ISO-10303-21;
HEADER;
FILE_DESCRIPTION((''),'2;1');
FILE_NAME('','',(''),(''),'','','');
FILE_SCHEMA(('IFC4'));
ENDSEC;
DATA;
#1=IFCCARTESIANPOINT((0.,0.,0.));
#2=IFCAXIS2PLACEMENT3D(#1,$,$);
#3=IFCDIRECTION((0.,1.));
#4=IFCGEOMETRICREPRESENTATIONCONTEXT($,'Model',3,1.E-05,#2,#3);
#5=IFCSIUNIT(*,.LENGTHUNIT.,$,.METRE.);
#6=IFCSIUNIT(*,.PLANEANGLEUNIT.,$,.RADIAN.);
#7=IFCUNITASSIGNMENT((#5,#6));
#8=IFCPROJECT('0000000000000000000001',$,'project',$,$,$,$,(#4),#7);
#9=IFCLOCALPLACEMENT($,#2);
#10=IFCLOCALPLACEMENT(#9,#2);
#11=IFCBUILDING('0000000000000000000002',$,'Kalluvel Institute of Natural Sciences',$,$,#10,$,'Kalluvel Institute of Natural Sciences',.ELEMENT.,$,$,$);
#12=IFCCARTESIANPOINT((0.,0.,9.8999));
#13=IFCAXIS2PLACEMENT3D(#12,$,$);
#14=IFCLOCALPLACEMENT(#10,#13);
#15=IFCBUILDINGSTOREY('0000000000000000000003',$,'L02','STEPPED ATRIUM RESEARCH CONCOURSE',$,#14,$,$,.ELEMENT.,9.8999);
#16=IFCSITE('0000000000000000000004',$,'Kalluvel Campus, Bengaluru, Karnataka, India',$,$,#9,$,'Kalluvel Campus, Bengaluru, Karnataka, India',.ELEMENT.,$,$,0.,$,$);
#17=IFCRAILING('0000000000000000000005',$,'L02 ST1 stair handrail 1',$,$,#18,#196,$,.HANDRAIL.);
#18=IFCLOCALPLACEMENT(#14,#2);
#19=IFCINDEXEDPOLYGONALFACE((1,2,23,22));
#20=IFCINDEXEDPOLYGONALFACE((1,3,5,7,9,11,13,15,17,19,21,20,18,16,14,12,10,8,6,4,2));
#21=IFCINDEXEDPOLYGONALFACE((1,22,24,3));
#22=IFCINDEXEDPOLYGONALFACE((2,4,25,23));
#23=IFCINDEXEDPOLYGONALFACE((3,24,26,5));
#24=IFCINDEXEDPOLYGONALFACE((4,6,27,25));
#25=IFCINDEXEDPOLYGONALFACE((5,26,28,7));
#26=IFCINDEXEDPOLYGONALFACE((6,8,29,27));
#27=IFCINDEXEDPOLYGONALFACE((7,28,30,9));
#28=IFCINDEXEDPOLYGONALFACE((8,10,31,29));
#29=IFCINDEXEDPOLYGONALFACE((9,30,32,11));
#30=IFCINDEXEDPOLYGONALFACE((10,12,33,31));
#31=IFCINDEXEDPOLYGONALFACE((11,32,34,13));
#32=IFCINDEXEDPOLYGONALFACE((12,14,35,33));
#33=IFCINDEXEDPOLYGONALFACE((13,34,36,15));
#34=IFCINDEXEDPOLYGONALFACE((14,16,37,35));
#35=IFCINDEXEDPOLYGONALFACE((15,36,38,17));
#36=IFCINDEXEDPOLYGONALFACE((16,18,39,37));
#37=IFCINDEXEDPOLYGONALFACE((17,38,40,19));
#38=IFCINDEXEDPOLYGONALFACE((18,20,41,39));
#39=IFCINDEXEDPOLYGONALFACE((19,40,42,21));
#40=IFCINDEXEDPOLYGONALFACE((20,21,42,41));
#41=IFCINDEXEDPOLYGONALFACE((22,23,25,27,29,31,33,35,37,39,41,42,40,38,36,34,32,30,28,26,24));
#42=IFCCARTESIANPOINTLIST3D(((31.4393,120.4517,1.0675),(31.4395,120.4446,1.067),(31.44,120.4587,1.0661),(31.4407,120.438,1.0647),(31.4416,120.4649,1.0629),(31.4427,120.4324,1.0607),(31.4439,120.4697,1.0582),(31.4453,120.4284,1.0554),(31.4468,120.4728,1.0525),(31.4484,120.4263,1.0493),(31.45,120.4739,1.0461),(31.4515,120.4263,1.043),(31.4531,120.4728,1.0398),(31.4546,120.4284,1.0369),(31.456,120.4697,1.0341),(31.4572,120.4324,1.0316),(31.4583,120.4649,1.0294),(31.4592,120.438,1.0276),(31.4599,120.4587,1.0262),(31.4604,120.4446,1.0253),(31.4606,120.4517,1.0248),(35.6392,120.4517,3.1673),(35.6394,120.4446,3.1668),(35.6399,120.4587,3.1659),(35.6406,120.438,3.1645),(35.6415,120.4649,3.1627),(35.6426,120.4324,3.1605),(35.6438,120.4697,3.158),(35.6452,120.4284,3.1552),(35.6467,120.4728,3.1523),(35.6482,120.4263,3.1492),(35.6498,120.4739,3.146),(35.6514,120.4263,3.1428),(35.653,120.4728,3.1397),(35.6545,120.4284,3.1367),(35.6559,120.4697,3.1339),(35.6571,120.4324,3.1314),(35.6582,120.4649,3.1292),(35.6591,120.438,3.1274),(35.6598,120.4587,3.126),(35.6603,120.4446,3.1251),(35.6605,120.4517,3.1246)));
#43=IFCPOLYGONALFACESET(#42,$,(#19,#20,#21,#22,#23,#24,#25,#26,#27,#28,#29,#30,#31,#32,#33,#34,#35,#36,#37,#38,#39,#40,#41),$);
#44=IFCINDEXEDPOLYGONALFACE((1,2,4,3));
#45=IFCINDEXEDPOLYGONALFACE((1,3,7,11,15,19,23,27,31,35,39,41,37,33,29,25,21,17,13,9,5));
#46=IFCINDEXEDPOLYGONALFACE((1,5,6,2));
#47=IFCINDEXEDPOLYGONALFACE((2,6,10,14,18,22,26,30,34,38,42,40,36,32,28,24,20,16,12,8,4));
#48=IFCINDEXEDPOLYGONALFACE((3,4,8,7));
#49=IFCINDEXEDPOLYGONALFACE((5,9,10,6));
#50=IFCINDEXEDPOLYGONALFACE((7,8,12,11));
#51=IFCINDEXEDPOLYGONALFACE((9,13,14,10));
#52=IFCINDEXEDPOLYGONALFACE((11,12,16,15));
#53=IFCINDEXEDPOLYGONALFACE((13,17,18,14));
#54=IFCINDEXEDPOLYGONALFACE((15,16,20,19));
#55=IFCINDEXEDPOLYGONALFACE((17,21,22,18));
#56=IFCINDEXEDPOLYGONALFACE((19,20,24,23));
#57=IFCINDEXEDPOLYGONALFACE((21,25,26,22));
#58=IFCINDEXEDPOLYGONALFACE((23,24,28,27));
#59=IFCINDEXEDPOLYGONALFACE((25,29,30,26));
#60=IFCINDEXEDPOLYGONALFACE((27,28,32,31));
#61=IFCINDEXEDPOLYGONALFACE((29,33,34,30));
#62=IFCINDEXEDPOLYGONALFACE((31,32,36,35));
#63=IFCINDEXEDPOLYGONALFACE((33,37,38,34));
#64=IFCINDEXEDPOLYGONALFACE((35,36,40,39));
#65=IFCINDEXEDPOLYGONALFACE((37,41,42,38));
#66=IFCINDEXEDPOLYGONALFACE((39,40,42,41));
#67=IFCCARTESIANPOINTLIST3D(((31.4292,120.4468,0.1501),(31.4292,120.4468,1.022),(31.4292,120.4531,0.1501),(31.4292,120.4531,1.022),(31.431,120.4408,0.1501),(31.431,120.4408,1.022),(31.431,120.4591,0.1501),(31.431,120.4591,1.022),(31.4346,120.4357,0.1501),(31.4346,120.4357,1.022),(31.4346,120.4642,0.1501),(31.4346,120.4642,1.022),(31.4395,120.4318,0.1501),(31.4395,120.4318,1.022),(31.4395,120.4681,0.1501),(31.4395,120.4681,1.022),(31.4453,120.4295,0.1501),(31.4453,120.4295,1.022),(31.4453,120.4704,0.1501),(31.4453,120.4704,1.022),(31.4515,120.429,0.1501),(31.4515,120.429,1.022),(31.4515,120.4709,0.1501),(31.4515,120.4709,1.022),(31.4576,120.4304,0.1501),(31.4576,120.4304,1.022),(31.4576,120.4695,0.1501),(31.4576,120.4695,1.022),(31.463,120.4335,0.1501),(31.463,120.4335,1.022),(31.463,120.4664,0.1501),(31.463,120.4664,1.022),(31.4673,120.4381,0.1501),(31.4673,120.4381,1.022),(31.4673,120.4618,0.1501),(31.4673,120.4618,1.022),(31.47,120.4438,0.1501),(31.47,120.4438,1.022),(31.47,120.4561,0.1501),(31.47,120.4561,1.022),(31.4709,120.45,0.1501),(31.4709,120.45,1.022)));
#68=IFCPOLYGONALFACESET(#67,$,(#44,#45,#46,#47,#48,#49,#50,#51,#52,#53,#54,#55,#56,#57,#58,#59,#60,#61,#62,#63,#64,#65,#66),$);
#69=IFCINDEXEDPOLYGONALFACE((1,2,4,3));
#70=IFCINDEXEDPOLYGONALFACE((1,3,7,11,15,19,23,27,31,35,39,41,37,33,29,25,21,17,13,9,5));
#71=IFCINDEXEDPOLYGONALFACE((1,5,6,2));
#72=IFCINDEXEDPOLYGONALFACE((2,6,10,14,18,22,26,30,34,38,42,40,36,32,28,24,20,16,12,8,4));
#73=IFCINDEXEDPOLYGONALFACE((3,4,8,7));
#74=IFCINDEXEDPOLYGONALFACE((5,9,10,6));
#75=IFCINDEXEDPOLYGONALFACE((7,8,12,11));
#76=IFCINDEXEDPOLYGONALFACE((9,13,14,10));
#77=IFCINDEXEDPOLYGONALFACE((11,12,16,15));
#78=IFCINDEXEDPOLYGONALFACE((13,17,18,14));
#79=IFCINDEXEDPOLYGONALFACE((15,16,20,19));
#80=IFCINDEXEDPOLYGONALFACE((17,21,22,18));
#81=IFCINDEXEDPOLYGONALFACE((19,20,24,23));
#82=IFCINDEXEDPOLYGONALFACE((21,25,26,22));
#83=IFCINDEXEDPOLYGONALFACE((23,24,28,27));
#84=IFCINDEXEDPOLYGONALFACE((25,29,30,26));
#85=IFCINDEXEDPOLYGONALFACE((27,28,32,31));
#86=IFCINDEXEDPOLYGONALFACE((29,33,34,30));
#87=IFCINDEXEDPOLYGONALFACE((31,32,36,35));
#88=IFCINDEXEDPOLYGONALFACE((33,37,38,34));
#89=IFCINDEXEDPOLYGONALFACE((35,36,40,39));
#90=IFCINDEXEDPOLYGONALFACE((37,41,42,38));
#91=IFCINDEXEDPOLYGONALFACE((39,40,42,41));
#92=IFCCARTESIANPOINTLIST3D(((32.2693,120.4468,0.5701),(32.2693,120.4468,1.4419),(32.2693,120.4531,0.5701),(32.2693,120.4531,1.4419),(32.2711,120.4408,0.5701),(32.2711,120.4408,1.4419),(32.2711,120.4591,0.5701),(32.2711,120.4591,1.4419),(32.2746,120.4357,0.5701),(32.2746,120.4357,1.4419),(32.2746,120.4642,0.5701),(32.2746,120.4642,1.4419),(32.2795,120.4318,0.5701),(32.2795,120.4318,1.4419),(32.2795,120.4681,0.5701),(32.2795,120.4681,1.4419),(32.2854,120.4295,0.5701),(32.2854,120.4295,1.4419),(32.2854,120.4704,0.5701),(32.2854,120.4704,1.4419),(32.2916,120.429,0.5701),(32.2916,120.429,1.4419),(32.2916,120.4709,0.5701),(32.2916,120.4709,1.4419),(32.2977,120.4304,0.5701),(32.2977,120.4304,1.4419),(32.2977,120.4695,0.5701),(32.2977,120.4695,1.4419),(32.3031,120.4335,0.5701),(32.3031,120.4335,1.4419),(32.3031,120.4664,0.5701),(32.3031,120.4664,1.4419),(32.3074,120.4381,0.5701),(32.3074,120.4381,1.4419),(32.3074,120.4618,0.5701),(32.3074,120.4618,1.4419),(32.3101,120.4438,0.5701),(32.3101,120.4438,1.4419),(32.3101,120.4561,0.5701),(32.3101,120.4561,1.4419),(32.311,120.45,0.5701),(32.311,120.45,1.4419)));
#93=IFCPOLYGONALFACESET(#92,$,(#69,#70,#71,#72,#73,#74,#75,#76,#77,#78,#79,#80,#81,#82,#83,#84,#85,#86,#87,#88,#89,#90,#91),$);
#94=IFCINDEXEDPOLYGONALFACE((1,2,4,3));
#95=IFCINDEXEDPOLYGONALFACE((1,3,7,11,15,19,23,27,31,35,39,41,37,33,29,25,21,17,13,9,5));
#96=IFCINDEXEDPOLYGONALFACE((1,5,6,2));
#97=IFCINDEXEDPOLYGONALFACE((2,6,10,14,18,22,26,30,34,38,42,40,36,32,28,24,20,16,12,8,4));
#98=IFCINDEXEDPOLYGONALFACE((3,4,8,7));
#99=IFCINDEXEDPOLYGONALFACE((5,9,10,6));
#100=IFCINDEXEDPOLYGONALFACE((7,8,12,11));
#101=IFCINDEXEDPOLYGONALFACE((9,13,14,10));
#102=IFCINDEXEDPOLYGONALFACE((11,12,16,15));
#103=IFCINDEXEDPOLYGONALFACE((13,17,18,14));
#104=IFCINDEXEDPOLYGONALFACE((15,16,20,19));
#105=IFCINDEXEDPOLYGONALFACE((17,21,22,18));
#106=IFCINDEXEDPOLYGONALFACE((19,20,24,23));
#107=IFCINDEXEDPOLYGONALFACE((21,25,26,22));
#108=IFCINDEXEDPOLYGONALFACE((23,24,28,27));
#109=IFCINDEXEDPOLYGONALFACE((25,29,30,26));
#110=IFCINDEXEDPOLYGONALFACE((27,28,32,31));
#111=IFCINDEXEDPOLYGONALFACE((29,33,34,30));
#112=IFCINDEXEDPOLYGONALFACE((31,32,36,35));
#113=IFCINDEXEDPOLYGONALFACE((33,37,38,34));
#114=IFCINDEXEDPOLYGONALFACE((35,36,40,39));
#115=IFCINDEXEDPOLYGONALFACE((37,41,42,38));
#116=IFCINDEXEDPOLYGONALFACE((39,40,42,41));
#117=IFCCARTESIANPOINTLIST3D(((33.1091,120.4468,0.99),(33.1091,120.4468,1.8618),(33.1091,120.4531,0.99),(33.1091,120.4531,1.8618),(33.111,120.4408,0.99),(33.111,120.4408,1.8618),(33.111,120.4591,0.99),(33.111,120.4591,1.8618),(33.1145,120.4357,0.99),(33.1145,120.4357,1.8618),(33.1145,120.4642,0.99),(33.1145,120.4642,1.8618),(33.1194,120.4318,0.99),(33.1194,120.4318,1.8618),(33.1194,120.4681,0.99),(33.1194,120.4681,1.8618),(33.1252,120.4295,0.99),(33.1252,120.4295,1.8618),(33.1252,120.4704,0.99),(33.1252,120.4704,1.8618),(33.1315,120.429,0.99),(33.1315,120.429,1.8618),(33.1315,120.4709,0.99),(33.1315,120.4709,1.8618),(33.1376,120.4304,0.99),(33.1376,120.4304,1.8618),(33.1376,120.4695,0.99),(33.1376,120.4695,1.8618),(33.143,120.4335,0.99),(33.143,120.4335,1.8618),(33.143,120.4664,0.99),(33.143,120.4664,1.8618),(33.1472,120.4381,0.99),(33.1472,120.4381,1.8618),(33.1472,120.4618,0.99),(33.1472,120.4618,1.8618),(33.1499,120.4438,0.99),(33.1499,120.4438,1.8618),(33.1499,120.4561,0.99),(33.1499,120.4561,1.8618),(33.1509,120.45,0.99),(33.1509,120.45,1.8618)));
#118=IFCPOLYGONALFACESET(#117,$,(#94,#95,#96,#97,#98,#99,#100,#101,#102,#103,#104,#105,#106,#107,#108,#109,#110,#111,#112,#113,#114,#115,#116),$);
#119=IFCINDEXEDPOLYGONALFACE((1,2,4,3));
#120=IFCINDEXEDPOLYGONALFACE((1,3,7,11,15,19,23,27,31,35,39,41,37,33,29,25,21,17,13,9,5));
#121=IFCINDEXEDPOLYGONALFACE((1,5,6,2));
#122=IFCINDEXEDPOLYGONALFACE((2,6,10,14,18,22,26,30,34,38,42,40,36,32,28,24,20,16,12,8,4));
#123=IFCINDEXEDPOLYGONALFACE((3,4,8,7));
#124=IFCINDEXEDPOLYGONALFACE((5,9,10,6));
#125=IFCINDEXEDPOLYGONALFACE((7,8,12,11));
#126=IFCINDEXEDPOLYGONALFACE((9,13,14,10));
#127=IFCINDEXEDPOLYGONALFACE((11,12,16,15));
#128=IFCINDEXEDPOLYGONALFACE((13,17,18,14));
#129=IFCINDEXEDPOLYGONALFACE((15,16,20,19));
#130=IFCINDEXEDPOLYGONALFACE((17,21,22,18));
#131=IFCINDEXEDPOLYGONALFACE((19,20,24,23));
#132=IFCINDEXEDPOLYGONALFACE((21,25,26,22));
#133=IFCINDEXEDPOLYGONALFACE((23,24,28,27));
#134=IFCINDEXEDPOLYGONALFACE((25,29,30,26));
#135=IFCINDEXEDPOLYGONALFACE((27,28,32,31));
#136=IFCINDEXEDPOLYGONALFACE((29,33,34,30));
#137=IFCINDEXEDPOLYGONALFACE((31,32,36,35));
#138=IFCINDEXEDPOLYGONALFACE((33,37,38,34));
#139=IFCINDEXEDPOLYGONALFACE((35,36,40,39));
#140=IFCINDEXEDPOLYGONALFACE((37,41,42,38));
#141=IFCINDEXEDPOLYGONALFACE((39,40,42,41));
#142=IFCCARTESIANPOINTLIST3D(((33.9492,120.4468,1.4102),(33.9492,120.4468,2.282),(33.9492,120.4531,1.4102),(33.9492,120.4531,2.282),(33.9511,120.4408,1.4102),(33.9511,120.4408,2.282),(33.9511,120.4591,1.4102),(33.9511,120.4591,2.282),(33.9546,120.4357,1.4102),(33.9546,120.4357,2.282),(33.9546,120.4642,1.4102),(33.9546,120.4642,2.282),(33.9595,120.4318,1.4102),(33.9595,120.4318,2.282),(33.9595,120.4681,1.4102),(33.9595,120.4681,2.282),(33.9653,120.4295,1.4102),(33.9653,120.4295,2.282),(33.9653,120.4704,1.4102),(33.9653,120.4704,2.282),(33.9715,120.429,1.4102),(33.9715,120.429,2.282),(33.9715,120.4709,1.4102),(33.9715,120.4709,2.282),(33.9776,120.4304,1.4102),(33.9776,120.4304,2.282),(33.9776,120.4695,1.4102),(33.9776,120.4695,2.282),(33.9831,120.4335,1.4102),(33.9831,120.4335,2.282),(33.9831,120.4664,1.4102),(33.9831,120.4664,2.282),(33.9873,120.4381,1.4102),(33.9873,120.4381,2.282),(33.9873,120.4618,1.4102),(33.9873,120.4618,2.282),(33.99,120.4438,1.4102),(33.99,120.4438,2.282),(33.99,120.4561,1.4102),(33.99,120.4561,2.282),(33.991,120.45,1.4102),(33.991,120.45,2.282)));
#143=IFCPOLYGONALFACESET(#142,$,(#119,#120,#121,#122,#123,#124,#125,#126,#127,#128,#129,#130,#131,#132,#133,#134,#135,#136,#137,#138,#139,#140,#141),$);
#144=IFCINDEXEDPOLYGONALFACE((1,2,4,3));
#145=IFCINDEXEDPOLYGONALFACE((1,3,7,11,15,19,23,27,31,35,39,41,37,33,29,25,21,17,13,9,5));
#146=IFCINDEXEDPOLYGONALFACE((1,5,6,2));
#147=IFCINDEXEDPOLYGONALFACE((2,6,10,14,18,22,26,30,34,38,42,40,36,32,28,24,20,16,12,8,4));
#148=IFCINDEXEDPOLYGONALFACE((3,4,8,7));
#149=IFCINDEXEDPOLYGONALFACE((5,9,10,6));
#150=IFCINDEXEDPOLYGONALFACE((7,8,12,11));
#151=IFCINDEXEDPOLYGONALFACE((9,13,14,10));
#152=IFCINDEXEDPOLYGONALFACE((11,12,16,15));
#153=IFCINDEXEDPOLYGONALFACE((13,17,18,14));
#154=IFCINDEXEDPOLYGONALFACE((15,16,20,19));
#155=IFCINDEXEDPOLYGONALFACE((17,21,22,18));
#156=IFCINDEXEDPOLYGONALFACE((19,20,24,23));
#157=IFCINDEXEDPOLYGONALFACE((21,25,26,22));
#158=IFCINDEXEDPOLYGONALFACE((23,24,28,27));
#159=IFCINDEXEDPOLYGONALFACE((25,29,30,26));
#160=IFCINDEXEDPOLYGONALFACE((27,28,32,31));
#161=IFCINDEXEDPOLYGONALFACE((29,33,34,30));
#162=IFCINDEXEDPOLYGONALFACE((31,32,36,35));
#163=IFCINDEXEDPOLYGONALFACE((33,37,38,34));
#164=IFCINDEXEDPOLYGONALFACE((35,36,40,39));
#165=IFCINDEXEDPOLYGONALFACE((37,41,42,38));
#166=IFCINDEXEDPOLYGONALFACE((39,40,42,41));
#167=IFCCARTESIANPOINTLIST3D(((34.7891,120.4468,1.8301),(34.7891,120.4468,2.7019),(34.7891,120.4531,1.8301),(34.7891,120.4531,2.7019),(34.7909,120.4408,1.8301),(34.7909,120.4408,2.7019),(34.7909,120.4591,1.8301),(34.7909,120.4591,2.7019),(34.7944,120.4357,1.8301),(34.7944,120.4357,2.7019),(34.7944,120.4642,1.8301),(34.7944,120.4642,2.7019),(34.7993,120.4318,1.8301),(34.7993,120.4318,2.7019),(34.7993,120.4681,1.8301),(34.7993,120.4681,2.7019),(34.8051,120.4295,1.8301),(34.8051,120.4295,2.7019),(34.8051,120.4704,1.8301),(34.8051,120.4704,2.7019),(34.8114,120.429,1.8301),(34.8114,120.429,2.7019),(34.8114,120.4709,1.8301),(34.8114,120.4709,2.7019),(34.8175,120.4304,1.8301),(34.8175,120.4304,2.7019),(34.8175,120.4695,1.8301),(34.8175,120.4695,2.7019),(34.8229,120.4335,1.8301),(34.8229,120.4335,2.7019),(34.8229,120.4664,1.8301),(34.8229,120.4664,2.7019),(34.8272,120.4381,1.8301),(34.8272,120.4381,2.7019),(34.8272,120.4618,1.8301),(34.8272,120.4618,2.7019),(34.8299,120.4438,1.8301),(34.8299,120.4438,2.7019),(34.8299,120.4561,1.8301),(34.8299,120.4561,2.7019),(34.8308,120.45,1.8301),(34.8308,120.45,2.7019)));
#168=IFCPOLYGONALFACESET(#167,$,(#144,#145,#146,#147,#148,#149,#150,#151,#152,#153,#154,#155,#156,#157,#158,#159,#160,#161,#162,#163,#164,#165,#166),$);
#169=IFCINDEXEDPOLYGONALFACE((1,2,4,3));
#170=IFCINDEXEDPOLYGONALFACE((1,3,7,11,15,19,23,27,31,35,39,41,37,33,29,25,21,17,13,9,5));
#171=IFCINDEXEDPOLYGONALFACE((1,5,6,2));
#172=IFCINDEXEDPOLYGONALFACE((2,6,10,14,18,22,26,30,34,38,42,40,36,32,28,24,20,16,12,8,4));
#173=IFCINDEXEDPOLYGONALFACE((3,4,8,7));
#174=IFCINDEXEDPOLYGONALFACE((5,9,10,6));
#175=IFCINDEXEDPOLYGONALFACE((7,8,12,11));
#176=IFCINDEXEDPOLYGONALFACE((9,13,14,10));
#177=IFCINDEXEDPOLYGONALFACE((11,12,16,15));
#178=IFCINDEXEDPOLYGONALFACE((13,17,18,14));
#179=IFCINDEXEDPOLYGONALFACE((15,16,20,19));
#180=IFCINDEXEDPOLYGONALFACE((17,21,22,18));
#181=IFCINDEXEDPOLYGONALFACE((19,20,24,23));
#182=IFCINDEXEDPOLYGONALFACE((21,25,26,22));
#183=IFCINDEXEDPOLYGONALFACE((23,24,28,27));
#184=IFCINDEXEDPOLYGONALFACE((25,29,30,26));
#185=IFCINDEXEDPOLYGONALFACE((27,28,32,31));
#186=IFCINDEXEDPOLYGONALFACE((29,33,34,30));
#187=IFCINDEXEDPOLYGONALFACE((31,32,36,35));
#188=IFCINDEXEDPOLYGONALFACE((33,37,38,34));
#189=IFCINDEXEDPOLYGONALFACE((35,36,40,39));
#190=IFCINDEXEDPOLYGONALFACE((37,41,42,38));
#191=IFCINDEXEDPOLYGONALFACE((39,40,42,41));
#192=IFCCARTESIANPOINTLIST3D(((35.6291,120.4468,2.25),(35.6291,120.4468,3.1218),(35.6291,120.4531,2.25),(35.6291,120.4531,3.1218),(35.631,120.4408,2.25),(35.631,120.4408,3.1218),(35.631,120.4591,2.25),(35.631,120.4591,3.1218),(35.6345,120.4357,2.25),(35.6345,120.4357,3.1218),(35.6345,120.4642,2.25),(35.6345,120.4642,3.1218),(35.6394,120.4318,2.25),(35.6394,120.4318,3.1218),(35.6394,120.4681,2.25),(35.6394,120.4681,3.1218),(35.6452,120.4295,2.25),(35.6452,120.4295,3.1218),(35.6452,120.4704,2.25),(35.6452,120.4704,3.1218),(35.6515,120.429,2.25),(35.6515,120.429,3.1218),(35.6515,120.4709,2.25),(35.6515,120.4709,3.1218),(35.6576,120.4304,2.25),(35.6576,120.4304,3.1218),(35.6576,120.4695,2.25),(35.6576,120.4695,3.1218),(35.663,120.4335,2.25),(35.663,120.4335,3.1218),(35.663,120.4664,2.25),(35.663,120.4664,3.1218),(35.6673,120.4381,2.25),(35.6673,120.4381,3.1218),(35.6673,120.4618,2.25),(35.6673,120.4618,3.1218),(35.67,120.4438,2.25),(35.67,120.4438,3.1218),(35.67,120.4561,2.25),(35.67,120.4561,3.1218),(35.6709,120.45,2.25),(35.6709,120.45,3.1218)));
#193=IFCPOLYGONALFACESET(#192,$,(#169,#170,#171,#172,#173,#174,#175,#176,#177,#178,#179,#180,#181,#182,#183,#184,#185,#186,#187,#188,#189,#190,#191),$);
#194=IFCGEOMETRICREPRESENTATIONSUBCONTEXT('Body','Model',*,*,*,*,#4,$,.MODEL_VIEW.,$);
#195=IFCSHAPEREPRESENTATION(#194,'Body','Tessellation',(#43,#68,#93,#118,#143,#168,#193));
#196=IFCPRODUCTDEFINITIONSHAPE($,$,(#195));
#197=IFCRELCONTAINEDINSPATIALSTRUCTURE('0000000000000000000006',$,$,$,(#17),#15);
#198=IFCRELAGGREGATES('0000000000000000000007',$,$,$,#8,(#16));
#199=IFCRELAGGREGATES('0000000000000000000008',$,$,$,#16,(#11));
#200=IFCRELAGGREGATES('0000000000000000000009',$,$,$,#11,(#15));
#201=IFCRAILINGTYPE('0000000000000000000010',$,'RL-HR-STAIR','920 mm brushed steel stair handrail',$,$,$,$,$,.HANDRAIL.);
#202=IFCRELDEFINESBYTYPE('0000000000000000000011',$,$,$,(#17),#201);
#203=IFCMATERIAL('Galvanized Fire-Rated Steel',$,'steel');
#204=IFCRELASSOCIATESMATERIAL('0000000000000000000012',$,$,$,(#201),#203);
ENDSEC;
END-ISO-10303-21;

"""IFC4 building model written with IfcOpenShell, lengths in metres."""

from ifc_helpers import new_model, si_unit, direction, frame, origin, origin_2d, place, context, subcontext, project, spatial, circle, extrude, material, type_object, element, save


model = new_model("IFC4")

# Units and contexts
model_context = context("Model", 3, precision=1e-05, world=origin(), true_north=direction((0.0, 1.0)))
body_context = subcontext(model_context, "Body", "Model", "MODEL_VIEW")
ifc_project = project(units=[si_unit("LENGTHUNIT", "METRE"), si_unit("PLANEANGLEUNIT", "RADIAN")], contexts=[model_context])

# Site, building, storey
site_placement = place(None, origin())
site = spatial("IfcSite", under=ifc_project, at=site_placement, Name="Kalluvel Campus, Bengaluru, Karnataka, India", LongName="Kalluvel Campus, Bengaluru, Karnataka, India", CompositionType="ELEMENT", RefElevation=0.0)
building_placement = place(site_placement, origin())
building = spatial("IfcBuilding", under=site, at=building_placement, Name="Kalluvel Institute of Natural Sciences", LongName="Kalluvel Institute of Natural Sciences", CompositionType="ELEMENT")
storey_placement = place(building_placement, frame((0.0, 0.0, 9.8999)))
storey = spatial("IfcBuildingStorey", under=building, at=storey_placement, Name="L02", Description="STEPPED ATRIUM RESEARCH CONCOURSE", CompositionType="ELEMENT", Elevation=9.8999)

# Shared definitions
ifc_material_1 = material(Name="Galvanized Fire-Rated Steel", Category="steel")

# Railing
railing_type_1 = type_object("IfcRailingType", Name="RL-HR-STAIR", Description="920 mm brushed steel stair handrail", PredefinedType="HANDRAIL", material=ifc_material_1)
railing_1_placement = place(storey_placement, frame((31.45, 120.45, 0.1501)))
element("IfcRailing", 1, at=railing_1_placement, inside=storey, type_object=railing_type_1, Name="L02 ST1 stair handrail 1", PredefinedType="HANDRAIL", context=body_context, shape_type="SweptSolid", body=[
    extrude(circle(Radius=0.0239, at=origin_2d()), frame((0.0, 0.0, 0.896), z_axis=(0.894438, 0.0, 0.447193), x_axis=(0.0, 1.0, 0.0)), (0.0, 0.0, 1.0), 4.6956),
    extrude(circle(Radius=0.021, at=origin_2d()), origin(), (0.0, 0.0, 1.0), 0.8718),
    extrude(circle(Radius=0.021, at=origin_2d()), frame((0.8401, 0.0, 0.4199)), (0.0, 0.0, 1.0), 0.8718),
    extrude(circle(Radius=0.021, at=origin_2d()), frame((1.6799, 0.0, 0.8398)), (0.0, 0.0, 1.0), 0.8718),
    extrude(circle(Radius=0.021, at=origin_2d()), frame((2.52, 0.0, 1.26)), (0.0, 0.0, 1.0), 0.8718),
    extrude(circle(Radius=0.021, at=origin_2d()), frame((3.3599, 0.0, 1.6799)), (0.0, 0.0, 1.0), 0.8718),
    extrude(circle(Radius=0.021, at=origin_2d()), frame((4.2, 0.0, 2.0999)), (0.0, 0.0, 1.0), 0.8718),
])

save(model, "model.ifc")
